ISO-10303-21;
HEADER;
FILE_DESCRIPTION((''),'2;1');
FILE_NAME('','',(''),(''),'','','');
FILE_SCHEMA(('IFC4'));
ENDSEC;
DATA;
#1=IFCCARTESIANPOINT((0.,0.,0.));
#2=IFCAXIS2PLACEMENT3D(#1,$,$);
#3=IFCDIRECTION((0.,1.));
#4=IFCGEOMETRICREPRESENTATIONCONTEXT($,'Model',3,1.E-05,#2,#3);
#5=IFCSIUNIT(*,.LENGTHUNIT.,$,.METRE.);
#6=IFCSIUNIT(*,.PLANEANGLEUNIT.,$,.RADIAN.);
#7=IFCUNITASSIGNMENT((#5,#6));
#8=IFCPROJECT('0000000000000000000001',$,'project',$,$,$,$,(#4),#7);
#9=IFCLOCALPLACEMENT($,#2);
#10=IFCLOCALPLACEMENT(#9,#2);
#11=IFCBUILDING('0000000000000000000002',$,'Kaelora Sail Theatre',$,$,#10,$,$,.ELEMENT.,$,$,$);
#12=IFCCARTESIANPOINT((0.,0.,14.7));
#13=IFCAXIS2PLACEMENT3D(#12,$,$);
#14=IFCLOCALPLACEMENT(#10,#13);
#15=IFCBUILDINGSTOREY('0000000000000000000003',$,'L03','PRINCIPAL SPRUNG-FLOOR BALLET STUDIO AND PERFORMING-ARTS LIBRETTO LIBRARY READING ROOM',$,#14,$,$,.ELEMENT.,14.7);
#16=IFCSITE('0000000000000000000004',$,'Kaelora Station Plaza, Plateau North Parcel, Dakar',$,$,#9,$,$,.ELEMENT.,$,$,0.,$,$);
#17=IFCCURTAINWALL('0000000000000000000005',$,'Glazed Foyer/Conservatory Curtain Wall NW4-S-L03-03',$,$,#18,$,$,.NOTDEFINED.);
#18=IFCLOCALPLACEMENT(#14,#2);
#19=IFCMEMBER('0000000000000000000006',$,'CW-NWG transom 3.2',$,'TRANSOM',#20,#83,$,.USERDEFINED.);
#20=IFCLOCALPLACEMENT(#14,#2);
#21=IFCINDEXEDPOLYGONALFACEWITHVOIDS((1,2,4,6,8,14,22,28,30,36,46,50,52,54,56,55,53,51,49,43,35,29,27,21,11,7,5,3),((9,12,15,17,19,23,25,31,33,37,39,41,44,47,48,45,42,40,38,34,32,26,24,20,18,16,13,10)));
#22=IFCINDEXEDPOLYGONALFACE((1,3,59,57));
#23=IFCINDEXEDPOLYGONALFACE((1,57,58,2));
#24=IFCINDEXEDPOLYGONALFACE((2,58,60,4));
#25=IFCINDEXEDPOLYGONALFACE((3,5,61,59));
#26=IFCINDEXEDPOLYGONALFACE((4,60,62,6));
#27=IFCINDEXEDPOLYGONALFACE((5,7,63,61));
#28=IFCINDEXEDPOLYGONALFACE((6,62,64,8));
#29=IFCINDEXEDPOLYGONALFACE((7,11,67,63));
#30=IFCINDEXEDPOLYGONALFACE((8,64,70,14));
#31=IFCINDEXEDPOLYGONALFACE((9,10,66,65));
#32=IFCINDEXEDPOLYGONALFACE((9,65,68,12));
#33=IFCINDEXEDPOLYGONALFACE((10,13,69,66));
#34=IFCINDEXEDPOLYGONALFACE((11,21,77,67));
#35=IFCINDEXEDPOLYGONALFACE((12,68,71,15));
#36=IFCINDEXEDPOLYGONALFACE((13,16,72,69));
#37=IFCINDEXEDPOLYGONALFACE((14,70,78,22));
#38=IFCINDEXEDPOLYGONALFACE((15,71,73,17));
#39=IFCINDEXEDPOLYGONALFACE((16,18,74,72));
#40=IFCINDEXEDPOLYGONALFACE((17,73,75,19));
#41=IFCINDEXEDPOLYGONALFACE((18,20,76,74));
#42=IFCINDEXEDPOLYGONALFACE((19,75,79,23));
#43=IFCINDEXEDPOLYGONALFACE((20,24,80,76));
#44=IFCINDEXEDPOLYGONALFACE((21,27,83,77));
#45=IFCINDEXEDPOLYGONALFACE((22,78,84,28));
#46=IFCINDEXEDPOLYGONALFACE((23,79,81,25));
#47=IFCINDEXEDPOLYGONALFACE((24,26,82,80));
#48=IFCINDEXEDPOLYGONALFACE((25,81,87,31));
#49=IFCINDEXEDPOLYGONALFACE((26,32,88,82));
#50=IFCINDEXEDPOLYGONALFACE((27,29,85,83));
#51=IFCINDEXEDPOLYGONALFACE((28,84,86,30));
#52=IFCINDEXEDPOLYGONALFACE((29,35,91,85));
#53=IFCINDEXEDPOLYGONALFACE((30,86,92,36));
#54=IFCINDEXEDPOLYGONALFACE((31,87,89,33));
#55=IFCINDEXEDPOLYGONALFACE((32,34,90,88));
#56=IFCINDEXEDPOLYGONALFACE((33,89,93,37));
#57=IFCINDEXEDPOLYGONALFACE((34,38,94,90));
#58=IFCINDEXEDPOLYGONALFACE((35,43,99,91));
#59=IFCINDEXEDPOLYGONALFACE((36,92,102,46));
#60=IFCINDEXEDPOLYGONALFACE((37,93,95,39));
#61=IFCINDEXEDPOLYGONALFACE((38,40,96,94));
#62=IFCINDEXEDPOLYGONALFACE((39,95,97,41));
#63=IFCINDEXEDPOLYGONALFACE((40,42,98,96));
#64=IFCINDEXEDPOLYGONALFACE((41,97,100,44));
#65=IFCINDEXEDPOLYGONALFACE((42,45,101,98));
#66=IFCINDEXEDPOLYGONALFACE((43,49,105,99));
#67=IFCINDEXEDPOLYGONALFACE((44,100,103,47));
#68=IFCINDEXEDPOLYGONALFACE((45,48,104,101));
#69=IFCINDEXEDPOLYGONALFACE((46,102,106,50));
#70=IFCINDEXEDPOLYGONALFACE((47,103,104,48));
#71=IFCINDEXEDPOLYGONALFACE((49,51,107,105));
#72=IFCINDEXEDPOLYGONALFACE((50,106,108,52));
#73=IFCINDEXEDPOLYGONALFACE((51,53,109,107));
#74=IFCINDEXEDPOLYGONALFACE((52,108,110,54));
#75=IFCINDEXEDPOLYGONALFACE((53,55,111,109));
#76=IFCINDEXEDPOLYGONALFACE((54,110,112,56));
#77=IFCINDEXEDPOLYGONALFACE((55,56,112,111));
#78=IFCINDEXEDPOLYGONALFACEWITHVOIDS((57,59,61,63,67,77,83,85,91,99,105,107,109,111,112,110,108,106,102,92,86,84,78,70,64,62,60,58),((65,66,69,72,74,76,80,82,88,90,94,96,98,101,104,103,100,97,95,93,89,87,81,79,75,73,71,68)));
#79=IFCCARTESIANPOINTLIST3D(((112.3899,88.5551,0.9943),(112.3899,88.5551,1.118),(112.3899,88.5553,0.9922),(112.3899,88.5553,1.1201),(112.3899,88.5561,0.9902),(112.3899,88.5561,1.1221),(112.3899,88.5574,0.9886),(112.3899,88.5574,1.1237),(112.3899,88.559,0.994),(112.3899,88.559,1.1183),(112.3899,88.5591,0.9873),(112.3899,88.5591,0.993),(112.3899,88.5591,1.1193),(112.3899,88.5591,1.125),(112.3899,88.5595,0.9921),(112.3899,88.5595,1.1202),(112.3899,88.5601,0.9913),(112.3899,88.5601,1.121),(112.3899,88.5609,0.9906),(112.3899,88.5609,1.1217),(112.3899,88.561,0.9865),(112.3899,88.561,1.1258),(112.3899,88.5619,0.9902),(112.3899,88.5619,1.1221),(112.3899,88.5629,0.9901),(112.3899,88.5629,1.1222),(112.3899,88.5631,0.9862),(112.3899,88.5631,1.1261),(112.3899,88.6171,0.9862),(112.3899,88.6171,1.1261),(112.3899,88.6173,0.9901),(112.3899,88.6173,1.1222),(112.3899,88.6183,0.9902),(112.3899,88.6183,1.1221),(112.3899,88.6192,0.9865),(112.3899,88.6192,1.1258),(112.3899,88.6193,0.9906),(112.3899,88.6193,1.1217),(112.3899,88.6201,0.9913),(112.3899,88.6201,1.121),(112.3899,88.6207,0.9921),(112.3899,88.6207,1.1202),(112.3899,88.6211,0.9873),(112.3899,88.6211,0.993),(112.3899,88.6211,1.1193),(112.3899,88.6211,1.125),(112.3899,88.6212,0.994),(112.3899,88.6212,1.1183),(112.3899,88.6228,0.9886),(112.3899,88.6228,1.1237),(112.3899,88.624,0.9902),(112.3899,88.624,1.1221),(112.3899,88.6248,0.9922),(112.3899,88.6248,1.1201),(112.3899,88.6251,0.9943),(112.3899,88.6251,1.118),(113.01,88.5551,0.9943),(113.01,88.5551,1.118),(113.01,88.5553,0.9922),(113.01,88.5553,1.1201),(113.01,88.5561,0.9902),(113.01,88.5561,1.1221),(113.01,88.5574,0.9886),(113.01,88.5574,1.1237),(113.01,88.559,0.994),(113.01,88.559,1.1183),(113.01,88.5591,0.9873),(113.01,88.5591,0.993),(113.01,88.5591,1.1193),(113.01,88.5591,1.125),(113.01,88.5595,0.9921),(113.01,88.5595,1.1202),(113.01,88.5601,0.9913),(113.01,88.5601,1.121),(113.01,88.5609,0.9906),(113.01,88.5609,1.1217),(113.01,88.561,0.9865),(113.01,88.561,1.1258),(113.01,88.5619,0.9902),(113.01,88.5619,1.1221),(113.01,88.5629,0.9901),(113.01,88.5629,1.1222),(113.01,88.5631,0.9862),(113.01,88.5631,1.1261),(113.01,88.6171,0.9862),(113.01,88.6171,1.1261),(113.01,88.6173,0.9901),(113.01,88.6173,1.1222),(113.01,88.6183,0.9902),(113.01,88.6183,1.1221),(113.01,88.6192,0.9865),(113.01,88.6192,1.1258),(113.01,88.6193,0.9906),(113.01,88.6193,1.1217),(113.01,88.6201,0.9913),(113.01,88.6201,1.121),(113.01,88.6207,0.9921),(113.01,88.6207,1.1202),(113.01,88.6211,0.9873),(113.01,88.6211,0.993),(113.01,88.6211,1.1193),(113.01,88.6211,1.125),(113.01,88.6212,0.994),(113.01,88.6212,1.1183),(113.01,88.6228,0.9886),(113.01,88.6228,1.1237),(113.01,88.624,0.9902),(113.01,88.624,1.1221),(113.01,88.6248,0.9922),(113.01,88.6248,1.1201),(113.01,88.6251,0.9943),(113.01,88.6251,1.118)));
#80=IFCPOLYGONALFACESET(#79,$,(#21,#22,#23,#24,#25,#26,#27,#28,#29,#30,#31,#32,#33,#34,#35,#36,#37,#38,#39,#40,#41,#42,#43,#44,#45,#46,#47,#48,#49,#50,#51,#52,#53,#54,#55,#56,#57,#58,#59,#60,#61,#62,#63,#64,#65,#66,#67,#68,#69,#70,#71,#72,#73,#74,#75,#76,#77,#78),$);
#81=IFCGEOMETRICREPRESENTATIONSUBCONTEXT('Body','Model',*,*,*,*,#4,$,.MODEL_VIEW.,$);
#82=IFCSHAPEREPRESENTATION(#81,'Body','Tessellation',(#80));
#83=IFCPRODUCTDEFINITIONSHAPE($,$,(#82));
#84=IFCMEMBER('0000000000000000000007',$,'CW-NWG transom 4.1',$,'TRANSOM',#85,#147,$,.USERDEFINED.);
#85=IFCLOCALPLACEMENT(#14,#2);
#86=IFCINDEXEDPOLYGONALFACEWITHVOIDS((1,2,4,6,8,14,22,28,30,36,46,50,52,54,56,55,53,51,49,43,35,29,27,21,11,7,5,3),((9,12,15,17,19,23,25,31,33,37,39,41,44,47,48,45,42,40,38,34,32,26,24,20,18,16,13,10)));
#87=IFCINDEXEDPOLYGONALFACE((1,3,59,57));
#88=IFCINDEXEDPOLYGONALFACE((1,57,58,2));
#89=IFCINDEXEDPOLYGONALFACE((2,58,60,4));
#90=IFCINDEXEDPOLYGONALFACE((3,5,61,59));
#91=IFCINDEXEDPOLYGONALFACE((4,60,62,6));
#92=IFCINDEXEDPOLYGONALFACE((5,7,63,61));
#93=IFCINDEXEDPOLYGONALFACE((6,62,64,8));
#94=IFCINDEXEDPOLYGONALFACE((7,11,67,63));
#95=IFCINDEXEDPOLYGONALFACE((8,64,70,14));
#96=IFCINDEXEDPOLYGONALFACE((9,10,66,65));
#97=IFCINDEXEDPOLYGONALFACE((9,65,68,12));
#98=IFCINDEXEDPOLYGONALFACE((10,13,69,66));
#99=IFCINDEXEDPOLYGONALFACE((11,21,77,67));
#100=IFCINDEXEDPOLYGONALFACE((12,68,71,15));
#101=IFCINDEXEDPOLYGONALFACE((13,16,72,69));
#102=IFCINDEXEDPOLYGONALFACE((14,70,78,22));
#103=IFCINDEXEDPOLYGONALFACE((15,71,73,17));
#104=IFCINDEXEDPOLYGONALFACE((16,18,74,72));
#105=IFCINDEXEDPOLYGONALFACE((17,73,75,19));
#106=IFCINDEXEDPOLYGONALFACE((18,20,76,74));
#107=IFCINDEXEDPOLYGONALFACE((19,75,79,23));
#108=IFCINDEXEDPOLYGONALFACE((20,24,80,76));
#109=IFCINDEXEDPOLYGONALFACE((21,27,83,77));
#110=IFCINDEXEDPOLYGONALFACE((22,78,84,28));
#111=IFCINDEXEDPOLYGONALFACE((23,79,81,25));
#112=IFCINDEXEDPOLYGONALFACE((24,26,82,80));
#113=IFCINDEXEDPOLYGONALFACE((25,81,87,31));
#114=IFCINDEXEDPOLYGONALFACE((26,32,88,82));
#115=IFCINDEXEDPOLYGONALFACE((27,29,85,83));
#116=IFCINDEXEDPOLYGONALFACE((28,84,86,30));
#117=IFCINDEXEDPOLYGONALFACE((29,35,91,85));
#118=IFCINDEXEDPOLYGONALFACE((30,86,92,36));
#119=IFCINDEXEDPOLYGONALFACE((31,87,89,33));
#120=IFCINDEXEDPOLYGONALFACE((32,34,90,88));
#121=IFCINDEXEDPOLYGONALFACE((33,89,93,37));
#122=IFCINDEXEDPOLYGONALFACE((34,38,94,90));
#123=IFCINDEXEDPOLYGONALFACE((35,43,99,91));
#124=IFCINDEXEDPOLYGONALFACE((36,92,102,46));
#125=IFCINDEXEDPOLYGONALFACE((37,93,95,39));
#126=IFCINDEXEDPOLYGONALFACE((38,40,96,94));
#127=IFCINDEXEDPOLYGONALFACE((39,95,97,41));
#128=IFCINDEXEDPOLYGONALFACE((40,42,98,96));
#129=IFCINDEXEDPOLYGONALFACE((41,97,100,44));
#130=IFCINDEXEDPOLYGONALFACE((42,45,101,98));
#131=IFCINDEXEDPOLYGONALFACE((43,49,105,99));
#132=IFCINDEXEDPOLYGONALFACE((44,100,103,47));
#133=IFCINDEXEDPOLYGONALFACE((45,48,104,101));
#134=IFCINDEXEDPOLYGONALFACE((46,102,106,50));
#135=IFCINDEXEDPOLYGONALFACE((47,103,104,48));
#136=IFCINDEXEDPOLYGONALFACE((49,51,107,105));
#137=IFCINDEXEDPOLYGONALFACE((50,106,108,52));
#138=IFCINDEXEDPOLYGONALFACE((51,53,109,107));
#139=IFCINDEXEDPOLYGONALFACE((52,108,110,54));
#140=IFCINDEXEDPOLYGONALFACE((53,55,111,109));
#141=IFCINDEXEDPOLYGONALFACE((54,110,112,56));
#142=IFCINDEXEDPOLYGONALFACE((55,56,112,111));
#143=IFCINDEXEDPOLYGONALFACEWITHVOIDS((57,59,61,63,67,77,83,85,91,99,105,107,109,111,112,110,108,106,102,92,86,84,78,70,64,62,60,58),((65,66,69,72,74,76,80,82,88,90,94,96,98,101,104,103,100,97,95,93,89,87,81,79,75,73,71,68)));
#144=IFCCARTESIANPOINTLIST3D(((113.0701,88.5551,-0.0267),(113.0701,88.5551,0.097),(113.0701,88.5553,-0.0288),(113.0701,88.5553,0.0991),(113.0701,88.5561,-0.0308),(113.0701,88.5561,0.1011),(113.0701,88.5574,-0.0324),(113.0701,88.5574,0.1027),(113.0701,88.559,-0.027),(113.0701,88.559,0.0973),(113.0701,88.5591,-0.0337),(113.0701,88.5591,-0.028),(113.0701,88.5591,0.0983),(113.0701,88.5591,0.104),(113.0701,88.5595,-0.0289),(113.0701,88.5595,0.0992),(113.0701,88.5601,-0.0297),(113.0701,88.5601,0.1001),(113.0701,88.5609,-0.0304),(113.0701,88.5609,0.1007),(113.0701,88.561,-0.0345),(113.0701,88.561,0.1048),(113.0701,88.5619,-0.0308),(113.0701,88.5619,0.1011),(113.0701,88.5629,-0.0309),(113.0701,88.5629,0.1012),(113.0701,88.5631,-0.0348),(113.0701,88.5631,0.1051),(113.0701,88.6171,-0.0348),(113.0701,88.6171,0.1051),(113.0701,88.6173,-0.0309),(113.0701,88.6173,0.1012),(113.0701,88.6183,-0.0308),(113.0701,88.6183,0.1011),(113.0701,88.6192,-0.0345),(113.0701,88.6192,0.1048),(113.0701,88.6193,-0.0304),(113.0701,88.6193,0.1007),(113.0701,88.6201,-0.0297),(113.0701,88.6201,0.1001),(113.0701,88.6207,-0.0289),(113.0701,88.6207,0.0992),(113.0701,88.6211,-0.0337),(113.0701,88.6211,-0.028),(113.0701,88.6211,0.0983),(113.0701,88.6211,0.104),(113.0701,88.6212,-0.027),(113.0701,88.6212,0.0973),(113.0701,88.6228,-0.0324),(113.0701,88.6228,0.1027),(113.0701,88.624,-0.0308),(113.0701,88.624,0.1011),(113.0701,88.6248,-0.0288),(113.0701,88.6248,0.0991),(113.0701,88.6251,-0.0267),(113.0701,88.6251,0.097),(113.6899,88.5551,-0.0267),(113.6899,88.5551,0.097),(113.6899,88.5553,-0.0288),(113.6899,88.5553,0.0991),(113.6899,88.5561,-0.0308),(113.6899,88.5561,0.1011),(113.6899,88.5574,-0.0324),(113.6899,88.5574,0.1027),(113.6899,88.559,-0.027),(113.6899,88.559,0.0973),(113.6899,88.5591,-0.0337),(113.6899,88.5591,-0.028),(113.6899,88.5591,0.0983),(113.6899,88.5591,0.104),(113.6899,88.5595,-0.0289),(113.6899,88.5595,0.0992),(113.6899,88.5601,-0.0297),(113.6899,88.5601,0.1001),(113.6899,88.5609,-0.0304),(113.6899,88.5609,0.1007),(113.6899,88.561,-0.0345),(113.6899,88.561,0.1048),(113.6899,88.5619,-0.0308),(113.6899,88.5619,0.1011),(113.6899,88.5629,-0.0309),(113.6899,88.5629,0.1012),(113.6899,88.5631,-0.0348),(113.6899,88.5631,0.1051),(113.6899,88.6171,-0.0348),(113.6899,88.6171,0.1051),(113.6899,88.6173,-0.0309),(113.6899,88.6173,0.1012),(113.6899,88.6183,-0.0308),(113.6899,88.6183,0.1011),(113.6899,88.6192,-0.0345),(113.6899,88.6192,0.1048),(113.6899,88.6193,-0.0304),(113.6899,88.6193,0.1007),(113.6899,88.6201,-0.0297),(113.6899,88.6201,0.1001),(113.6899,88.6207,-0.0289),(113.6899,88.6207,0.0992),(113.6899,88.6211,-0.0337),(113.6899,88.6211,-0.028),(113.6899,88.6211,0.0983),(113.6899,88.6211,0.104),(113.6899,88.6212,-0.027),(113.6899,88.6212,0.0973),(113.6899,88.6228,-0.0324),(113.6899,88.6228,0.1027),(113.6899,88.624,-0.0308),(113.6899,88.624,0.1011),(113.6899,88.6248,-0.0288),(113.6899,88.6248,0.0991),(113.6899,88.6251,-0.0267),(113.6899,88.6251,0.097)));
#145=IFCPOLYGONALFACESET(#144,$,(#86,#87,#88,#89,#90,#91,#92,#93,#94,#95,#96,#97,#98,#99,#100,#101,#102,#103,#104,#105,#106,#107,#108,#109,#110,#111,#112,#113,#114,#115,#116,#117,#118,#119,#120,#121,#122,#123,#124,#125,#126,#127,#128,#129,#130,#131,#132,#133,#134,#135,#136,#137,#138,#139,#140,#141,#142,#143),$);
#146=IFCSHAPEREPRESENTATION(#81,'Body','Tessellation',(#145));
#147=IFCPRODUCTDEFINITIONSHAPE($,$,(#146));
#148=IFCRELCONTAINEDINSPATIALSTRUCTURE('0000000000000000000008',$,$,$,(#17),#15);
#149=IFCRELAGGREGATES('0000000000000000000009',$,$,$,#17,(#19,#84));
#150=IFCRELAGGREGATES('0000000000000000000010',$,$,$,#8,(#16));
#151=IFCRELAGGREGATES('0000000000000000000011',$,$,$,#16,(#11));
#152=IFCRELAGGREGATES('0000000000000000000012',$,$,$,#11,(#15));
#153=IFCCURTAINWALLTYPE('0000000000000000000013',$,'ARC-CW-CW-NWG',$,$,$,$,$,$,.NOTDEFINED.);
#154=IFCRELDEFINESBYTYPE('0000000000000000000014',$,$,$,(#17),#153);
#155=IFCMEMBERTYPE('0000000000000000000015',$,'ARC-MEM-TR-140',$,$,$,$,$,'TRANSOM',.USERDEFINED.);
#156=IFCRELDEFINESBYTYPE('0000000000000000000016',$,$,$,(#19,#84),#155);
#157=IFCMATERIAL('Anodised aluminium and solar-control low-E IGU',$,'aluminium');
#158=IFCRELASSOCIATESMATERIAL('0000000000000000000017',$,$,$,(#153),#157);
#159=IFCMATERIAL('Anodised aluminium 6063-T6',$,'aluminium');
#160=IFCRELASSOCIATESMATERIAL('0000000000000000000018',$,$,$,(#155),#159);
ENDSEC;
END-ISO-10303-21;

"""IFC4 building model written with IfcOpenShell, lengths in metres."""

from ifc_helpers import new_model, si_unit, direction, frame, origin, origin_2d, place, context, subcontext, project, spatial, hollow_rectangle, extrude, material, material_profile, profile_set, type_object, element, aggregate, save


model = new_model("IFC4")

# Units and contexts
model_context = context("Model", 3, precision=1e-05, world=origin(), true_north=direction((0.0, 1.0)))
body_context = subcontext(model_context, "Body", "Model", "MODEL_VIEW")
ifc_project = project(units=[si_unit("LENGTHUNIT", "METRE"), si_unit("PLANEANGLEUNIT", "RADIAN")], contexts=[model_context])

# Site, building, storey
site_placement = place(None, origin())
site = spatial("IfcSite", under=ifc_project, at=site_placement, Name="Kaelora Station Plaza, Plateau North Parcel, Dakar", CompositionType="ELEMENT", RefElevation=0.0)
building_placement = place(site_placement, origin())
building = spatial("IfcBuilding", under=site, at=building_placement, Name="Kaelora Sail Theatre", CompositionType="ELEMENT")
storey_placement = place(building_placement, frame((0.0, 0.0, 14.7)))
storey = spatial("IfcBuildingStorey", under=building, at=storey_placement, Name="L03", Description="PRINCIPAL SPRUNG-FLOOR BALLET STUDIO AND PERFORMING-ARTS LIBRETTO LIBRARY READING ROOM", CompositionType="ELEMENT", Elevation=14.7)

# Curtain wall
ifc_material_1 = material(Name="Anodised aluminium and solar-control low-E IGU", Category="aluminium")
curtain_wall_type = type_object("IfcCurtainWallType", Name="ARC-CW-CW-NWG", PredefinedType="NOTDEFINED", material=ifc_material_1)
curtain_wall_1_placement = place(storey_placement, origin())
curtain_wall_1 = element("IfcCurtainWall", 1, at=curtain_wall_1_placement, inside=storey, type_object=curtain_wall_type, Name="Glazed Foyer/Conservatory Curtain Wall NW4-S-L03-03", PredefinedType="NOTDEFINED")

# Members
ifc_material_2 = material(Name="Anodised aluminium 6063-T6", Category="aluminium")
ifc_material_profile_1 = material_profile(ifc_material_2, hollow_rectangle(XDim=0.0701, YDim=0.1399, WallThickness=0.0039, InnerFilletRadius=0.0039, OuterFilletRadius=0.0081, at=origin_2d()), Name="ALU-TRAN 70x140x4")
ifc_profile_set_1 = profile_set([ifc_material_profile_1], Name="Anodised aluminium 6063-T6")
member_type_1 = type_object("IfcMemberType", Name="ARC-MEM-TR-140", ElementType="TRANSOM", PredefinedType="USERDEFINED", material=ifc_profile_set_1)
member_1_placement = place(storey_placement, frame((112.3899, 88.5901, 1.0562), z_axis=(1.0, 0.0, 0.0), x_axis=(0.0, 1.0, 0.0)))
member_1 = element("IfcMember", 2, at=member_1_placement, type_object=member_type_1, Name="CW-NWG transom 3.2", ObjectType="TRANSOM", PredefinedType="USERDEFINED", context=body_context, shape_type="SweptSolid", body=[
    extrude(hollow_rectangle(XDim=0.0701, YDim=0.1399, WallThickness=0.0039, InnerFilletRadius=0.0039, OuterFilletRadius=0.0081, at=origin_2d()), origin(), (0.0, 0.0, 1.0), 0.6201),
])
member_2_placement = place(storey_placement, frame((113.0701, 88.5901, 0.0352), z_axis=(1.0, 0.0, 0.0), x_axis=(0.0, 1.0, 0.0)))
member_2 = element("IfcMember", 3, at=member_2_placement, type_object=member_type_1, Name="CW-NWG transom 4.1", ObjectType="TRANSOM", PredefinedType="USERDEFINED", context=body_context, shape_type="SweptSolid", body=[
    extrude(hollow_rectangle(XDim=0.0701, YDim=0.1399, WallThickness=0.0039, InnerFilletRadius=0.0039, OuterFilletRadius=0.0081, at=origin_2d()), origin(), (0.0, 0.0, 1.0), 0.6199),
])

aggregate(curtain_wall_1, [member_1, member_2])

save(model, "model.ifc")
